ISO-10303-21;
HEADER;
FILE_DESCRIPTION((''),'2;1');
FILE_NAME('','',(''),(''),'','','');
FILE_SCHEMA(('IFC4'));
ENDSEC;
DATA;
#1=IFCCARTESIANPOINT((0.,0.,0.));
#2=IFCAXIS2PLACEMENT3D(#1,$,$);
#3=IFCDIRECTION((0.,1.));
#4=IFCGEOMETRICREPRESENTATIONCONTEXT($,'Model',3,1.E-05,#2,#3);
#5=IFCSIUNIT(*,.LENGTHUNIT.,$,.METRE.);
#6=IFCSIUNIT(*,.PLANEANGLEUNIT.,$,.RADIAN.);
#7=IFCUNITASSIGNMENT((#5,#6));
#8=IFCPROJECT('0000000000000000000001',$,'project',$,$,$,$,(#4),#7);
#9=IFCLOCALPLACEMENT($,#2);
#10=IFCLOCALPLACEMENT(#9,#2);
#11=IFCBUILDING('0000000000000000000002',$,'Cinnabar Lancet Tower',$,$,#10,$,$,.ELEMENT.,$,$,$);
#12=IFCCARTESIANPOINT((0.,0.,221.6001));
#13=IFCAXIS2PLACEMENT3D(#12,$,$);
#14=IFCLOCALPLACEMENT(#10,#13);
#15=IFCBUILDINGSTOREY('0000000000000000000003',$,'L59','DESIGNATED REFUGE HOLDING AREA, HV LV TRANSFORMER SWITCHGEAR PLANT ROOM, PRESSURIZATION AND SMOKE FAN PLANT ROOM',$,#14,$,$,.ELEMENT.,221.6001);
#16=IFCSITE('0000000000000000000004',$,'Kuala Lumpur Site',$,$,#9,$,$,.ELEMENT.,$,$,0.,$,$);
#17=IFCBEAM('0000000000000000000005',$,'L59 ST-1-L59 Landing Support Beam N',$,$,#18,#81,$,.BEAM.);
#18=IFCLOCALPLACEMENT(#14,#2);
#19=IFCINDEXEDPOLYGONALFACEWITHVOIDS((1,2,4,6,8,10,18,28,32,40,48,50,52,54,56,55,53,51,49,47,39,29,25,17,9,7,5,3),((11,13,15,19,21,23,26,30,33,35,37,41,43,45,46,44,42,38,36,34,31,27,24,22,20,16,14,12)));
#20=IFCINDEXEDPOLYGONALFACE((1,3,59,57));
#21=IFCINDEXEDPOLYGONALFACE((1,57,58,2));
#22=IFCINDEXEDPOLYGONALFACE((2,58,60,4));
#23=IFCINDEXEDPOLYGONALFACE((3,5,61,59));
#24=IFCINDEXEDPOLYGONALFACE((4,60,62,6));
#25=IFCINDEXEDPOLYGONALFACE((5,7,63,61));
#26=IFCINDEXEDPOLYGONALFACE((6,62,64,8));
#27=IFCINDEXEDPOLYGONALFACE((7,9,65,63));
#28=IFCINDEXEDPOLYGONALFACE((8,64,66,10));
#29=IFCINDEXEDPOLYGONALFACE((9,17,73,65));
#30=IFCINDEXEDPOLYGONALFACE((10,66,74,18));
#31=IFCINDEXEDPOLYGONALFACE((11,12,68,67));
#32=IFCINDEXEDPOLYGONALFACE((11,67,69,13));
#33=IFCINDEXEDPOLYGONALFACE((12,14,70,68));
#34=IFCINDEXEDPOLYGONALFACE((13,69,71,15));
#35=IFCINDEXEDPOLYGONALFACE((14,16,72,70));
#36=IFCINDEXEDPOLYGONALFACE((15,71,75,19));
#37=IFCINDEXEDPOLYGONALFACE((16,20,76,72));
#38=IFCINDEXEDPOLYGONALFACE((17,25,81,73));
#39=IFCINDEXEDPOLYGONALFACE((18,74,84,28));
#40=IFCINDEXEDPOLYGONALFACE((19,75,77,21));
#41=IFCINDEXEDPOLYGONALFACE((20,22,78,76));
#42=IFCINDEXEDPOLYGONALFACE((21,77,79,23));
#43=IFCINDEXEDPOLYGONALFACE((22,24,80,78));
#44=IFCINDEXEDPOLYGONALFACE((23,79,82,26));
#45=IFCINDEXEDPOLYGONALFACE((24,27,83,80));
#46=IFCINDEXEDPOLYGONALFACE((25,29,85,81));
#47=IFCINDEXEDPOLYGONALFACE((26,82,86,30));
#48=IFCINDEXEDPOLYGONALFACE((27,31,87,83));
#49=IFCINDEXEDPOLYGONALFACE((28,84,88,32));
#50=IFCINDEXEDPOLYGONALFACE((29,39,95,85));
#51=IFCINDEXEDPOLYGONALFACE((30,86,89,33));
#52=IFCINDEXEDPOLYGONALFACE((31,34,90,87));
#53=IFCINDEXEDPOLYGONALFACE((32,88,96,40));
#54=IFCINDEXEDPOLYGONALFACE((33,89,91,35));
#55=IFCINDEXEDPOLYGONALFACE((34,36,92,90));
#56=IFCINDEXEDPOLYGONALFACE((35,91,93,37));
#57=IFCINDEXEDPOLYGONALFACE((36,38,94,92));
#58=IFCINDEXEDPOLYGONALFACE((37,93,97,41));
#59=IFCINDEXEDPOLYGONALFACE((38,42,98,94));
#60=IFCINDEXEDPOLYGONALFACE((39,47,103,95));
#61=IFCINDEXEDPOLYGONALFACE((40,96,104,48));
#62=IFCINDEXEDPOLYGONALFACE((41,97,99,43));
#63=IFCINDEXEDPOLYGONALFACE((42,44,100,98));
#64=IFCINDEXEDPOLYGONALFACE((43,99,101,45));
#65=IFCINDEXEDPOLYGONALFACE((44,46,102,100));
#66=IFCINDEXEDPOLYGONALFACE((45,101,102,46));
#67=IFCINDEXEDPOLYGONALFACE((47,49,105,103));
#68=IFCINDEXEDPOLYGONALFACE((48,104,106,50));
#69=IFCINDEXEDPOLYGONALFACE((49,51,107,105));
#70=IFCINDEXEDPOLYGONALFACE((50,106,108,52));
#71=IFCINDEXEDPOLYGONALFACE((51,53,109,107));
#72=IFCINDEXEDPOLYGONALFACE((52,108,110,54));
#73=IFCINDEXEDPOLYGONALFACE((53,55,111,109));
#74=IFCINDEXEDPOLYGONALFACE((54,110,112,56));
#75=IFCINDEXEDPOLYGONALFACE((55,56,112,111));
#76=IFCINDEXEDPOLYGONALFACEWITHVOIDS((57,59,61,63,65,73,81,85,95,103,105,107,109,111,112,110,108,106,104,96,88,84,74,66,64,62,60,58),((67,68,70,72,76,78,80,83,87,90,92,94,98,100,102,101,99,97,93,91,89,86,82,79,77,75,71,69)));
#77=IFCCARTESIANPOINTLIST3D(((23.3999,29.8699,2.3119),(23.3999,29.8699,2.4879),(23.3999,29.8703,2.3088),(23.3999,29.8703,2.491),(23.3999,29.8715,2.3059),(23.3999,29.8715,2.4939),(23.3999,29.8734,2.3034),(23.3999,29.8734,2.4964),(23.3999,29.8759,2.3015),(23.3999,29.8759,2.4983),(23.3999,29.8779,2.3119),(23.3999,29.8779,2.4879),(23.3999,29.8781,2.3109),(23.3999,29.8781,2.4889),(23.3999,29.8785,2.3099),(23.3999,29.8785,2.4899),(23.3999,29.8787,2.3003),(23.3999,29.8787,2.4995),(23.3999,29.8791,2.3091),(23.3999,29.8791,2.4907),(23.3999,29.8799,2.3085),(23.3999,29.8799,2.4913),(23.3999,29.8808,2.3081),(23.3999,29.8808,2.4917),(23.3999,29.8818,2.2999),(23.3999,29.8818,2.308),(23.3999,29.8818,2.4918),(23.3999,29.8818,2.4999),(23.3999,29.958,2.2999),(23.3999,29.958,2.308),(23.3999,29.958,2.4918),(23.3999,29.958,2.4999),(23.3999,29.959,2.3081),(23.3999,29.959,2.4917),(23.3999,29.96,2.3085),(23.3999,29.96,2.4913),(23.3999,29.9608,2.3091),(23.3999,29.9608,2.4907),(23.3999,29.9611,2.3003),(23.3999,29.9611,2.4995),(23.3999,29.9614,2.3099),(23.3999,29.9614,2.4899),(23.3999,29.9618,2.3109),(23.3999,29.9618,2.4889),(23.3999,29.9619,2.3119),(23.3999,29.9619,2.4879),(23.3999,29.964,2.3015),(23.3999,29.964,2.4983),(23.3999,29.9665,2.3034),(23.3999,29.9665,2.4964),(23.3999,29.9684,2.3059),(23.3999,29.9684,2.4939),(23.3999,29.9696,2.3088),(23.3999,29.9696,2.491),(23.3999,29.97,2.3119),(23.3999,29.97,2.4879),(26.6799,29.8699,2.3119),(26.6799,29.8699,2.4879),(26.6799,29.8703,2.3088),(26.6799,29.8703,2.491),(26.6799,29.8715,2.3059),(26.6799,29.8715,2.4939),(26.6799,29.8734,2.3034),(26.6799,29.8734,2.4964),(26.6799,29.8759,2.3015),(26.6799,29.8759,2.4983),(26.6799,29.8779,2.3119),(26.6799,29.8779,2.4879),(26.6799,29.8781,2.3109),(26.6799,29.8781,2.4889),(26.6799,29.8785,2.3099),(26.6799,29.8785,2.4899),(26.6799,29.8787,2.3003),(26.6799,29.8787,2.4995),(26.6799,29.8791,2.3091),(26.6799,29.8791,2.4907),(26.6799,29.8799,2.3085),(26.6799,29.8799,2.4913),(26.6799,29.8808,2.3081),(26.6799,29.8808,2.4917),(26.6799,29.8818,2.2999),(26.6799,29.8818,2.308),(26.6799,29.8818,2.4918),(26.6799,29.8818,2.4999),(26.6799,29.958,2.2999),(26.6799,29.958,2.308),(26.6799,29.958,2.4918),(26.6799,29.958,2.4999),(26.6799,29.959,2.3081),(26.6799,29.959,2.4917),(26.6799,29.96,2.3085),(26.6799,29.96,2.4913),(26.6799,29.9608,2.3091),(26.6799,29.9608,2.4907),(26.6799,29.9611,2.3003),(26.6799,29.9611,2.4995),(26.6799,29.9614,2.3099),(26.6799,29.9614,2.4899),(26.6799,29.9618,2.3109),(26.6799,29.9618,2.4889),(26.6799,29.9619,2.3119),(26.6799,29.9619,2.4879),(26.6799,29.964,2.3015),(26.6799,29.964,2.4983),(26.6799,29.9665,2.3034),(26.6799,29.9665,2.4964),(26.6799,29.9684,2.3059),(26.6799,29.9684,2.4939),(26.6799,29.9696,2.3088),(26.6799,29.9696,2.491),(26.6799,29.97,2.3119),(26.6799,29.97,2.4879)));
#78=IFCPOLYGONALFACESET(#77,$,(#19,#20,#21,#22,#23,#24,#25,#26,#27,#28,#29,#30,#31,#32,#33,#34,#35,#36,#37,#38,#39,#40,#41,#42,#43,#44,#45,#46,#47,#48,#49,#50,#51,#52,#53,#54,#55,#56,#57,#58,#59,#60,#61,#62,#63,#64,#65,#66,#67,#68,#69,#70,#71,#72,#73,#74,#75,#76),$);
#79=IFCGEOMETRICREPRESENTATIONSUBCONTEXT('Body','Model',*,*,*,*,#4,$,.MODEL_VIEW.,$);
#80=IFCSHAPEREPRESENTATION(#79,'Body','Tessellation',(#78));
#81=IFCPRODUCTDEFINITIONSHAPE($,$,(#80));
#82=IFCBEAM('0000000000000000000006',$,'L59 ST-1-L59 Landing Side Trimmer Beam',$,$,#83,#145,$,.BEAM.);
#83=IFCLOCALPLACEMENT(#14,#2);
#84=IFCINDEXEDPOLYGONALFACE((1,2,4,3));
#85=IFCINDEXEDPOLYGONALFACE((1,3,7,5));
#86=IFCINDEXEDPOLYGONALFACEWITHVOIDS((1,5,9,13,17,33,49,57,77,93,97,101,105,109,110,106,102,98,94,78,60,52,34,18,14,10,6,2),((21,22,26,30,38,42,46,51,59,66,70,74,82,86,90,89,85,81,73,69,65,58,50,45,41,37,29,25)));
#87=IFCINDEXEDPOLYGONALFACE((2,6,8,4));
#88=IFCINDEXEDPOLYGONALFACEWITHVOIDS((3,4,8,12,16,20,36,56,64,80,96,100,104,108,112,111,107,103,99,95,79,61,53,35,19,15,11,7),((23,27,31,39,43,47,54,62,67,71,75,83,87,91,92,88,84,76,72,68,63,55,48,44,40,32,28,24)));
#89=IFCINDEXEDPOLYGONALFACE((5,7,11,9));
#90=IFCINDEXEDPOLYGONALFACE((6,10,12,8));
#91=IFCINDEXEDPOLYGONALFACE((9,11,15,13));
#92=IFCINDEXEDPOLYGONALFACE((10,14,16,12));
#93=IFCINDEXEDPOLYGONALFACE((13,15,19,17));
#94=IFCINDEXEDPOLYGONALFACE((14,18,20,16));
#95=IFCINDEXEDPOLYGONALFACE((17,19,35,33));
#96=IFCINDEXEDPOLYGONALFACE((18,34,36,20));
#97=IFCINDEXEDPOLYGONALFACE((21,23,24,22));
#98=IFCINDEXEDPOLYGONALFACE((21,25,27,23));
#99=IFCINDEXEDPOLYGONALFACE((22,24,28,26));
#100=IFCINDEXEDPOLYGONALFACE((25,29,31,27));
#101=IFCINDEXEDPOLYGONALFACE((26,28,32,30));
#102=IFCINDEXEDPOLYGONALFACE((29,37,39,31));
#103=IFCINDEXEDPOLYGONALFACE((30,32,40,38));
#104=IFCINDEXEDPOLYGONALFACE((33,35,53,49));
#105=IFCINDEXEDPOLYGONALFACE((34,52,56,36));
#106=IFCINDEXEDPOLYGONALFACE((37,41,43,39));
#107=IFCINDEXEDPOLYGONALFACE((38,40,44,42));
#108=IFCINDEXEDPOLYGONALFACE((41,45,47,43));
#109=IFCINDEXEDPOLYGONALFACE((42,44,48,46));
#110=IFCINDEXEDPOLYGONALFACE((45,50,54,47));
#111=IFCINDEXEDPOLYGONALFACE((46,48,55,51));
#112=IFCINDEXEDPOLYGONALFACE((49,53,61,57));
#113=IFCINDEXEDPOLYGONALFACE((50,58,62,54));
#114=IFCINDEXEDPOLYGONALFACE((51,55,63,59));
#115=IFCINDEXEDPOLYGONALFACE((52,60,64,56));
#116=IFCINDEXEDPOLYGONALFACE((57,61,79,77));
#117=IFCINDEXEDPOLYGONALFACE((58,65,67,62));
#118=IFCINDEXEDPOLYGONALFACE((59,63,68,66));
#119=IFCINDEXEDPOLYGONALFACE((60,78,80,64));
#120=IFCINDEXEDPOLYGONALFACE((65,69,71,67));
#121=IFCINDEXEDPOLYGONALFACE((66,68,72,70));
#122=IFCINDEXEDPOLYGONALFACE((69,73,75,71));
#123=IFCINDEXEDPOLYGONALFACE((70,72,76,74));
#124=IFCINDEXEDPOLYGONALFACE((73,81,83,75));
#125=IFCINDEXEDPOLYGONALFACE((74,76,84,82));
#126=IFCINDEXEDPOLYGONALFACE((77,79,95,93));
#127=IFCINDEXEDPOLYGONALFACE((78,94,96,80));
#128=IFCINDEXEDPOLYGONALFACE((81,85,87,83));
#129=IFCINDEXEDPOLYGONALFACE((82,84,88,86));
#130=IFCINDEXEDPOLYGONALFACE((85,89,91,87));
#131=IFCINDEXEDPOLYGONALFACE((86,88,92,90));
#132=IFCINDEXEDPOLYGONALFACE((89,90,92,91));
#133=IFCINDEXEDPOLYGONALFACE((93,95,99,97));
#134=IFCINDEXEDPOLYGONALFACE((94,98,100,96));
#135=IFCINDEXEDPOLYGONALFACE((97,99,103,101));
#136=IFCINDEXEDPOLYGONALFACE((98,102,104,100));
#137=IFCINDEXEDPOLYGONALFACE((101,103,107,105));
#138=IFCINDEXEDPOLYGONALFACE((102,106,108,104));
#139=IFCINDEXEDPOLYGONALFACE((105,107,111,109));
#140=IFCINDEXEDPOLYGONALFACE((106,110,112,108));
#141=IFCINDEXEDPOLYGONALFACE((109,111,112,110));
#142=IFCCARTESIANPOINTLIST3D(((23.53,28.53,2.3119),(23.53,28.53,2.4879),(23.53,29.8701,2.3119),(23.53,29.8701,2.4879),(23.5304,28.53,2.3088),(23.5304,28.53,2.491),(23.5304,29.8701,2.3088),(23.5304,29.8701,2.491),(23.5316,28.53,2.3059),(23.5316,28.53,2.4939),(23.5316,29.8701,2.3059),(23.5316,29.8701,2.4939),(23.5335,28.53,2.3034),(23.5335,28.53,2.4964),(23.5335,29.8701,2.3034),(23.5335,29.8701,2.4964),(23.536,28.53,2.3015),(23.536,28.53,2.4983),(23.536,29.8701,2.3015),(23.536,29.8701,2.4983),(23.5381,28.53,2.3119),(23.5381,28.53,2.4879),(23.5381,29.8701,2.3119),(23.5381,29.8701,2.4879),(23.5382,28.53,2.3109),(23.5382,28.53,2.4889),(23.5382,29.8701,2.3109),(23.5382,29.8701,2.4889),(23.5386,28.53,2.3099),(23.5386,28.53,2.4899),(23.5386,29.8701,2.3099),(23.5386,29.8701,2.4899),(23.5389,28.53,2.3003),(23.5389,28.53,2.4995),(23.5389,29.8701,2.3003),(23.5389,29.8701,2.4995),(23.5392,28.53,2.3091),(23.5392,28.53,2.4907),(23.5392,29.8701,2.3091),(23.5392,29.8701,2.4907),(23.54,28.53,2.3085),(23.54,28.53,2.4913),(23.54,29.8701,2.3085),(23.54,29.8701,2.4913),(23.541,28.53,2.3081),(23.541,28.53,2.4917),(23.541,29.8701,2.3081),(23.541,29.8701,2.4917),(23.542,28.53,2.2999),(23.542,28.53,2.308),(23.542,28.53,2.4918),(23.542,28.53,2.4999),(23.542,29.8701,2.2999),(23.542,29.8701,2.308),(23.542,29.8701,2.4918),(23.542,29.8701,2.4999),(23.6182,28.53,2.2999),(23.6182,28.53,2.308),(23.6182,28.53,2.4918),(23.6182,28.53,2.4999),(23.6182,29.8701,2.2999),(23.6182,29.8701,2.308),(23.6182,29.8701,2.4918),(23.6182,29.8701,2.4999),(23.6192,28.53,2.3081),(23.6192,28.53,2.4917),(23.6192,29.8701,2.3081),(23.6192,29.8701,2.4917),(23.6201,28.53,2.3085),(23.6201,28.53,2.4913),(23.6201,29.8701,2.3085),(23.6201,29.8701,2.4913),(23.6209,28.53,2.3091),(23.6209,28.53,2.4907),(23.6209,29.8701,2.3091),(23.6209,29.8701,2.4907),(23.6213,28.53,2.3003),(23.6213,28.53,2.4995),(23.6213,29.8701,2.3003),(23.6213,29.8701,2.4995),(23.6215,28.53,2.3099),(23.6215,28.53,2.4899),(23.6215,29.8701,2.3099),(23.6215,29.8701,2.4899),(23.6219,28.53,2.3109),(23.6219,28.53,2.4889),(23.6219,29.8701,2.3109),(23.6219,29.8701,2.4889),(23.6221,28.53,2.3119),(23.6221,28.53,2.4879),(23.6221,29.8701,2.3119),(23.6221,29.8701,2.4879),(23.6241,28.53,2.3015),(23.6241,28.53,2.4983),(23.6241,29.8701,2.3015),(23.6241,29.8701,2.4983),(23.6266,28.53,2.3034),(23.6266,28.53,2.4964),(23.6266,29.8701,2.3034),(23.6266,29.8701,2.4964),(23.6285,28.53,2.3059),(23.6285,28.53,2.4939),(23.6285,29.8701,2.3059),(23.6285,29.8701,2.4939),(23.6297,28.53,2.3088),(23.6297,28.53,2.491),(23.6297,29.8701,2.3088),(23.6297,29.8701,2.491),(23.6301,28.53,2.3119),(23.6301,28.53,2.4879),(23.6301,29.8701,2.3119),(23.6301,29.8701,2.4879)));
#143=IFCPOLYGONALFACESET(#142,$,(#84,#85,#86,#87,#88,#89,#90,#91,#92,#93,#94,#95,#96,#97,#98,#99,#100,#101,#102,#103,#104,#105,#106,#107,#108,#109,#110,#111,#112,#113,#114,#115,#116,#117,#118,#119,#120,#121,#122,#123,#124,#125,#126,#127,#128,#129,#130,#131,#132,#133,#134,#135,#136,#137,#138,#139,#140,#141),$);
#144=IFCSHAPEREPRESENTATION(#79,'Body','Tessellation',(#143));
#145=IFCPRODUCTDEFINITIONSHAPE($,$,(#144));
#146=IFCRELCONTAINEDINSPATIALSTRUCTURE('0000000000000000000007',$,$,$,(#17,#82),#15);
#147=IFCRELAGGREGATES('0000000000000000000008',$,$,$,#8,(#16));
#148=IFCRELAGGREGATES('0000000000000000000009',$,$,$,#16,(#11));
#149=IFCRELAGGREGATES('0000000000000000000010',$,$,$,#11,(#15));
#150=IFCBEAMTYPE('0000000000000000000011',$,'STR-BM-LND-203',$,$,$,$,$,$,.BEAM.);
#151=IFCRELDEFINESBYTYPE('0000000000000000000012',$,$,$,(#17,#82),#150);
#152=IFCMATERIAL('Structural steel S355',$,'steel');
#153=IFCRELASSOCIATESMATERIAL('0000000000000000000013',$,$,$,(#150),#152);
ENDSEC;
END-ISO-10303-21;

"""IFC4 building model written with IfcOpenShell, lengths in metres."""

from ifc_helpers import new_model, si_unit, direction, frame, origin, origin_2d, place, context, subcontext, project, spatial, hollow_rectangle, extrude, material, material_profile, profile_set, type_object, element, save


model = new_model("IFC4")

# Units and contexts
model_context = context("Model", 3, precision=1e-05, world=origin(), true_north=direction((0.0, 1.0)))
body_context = subcontext(model_context, "Body", "Model", "MODEL_VIEW")
ifc_project = project(units=[si_unit("LENGTHUNIT", "METRE"), si_unit("PLANEANGLEUNIT", "RADIAN")], contexts=[model_context])

# Site, building, storey
site_placement = place(None, origin())
site = spatial("IfcSite", under=ifc_project, at=site_placement, Name="Kuala Lumpur Site", CompositionType="ELEMENT", RefElevation=0.0)
building_placement = place(site_placement, origin())
building = spatial("IfcBuilding", under=site, at=building_placement, Name="Cinnabar Lancet Tower", CompositionType="ELEMENT")
storey_placement = place(building_placement, frame((0.0, 0.0, 221.6001)))
storey = spatial("IfcBuildingStorey", under=building, at=storey_placement, Name="L59", Description="DESIGNATED REFUGE HOLDING AREA, HV LV TRANSFORMER SWITCHGEAR PLANT ROOM, PRESSURIZATION AND SMOKE FAN PLANT ROOM", CompositionType="ELEMENT", Elevation=221.6001)

# Beams
ifc_material_1 = material(Name="Structural steel S355", Category="steel")
ifc_material_profile_1 = material_profile(ifc_material_1, hollow_rectangle(XDim=0.1001, YDim=0.2, WallThickness=0.0081, InnerFilletRadius=0.0039, OuterFilletRadius=0.012, at=origin_2d()), Name="RHS 200x100x8")
ifc_profile_set_1 = profile_set([ifc_material_profile_1], Name="Structural steel S355")
beam_type_1 = type_object("IfcBeamType", Name="STR-BM-LND-203", PredefinedType="BEAM", material=ifc_profile_set_1)
for number, where, z_axis, x_axis, name in (
    (1, (23.3999, 29.9199, 2.3999), (1.0, 0.0, 0.0), (0.0, 1.0, 0.0), "L59 ST-1-L59 Landing Support Beam N"),
):
    element("IfcBeam", number, at=place(storey_placement, frame(where, z_axis=z_axis, x_axis=x_axis)), inside=storey, type_object=beam_type_1, Name=name, PredefinedType="BEAM", context=body_context, shape_type="SweptSolid", body=[
        extrude(hollow_rectangle(XDim=0.1001, YDim=0.2, WallThickness=0.0081, InnerFilletRadius=0.0039, OuterFilletRadius=0.012, at=origin_2d()), origin(), (0.0, 0.0, 1.0), 3.28),
    ])
beam_1_placement = place(storey_placement, frame((23.5801, 28.53, 2.3999), z_axis=(0.0, 1.0, 0.0), x_axis=(-1.0, 0.0, 0.0)))
element("IfcBeam", 2, at=beam_1_placement, inside=storey, type_object=beam_type_1, Name="L59 ST-1-L59 Landing Side Trimmer Beam", PredefinedType="BEAM", context=body_context, shape_type="SweptSolid", body=[
    extrude(hollow_rectangle(XDim=0.1001, YDim=0.2, WallThickness=0.0081, InnerFilletRadius=0.0039, OuterFilletRadius=0.012, at=origin_2d()), origin(), (0.0, 0.0, 1.0), 1.3401),
])

save(model, "model.ifc")
